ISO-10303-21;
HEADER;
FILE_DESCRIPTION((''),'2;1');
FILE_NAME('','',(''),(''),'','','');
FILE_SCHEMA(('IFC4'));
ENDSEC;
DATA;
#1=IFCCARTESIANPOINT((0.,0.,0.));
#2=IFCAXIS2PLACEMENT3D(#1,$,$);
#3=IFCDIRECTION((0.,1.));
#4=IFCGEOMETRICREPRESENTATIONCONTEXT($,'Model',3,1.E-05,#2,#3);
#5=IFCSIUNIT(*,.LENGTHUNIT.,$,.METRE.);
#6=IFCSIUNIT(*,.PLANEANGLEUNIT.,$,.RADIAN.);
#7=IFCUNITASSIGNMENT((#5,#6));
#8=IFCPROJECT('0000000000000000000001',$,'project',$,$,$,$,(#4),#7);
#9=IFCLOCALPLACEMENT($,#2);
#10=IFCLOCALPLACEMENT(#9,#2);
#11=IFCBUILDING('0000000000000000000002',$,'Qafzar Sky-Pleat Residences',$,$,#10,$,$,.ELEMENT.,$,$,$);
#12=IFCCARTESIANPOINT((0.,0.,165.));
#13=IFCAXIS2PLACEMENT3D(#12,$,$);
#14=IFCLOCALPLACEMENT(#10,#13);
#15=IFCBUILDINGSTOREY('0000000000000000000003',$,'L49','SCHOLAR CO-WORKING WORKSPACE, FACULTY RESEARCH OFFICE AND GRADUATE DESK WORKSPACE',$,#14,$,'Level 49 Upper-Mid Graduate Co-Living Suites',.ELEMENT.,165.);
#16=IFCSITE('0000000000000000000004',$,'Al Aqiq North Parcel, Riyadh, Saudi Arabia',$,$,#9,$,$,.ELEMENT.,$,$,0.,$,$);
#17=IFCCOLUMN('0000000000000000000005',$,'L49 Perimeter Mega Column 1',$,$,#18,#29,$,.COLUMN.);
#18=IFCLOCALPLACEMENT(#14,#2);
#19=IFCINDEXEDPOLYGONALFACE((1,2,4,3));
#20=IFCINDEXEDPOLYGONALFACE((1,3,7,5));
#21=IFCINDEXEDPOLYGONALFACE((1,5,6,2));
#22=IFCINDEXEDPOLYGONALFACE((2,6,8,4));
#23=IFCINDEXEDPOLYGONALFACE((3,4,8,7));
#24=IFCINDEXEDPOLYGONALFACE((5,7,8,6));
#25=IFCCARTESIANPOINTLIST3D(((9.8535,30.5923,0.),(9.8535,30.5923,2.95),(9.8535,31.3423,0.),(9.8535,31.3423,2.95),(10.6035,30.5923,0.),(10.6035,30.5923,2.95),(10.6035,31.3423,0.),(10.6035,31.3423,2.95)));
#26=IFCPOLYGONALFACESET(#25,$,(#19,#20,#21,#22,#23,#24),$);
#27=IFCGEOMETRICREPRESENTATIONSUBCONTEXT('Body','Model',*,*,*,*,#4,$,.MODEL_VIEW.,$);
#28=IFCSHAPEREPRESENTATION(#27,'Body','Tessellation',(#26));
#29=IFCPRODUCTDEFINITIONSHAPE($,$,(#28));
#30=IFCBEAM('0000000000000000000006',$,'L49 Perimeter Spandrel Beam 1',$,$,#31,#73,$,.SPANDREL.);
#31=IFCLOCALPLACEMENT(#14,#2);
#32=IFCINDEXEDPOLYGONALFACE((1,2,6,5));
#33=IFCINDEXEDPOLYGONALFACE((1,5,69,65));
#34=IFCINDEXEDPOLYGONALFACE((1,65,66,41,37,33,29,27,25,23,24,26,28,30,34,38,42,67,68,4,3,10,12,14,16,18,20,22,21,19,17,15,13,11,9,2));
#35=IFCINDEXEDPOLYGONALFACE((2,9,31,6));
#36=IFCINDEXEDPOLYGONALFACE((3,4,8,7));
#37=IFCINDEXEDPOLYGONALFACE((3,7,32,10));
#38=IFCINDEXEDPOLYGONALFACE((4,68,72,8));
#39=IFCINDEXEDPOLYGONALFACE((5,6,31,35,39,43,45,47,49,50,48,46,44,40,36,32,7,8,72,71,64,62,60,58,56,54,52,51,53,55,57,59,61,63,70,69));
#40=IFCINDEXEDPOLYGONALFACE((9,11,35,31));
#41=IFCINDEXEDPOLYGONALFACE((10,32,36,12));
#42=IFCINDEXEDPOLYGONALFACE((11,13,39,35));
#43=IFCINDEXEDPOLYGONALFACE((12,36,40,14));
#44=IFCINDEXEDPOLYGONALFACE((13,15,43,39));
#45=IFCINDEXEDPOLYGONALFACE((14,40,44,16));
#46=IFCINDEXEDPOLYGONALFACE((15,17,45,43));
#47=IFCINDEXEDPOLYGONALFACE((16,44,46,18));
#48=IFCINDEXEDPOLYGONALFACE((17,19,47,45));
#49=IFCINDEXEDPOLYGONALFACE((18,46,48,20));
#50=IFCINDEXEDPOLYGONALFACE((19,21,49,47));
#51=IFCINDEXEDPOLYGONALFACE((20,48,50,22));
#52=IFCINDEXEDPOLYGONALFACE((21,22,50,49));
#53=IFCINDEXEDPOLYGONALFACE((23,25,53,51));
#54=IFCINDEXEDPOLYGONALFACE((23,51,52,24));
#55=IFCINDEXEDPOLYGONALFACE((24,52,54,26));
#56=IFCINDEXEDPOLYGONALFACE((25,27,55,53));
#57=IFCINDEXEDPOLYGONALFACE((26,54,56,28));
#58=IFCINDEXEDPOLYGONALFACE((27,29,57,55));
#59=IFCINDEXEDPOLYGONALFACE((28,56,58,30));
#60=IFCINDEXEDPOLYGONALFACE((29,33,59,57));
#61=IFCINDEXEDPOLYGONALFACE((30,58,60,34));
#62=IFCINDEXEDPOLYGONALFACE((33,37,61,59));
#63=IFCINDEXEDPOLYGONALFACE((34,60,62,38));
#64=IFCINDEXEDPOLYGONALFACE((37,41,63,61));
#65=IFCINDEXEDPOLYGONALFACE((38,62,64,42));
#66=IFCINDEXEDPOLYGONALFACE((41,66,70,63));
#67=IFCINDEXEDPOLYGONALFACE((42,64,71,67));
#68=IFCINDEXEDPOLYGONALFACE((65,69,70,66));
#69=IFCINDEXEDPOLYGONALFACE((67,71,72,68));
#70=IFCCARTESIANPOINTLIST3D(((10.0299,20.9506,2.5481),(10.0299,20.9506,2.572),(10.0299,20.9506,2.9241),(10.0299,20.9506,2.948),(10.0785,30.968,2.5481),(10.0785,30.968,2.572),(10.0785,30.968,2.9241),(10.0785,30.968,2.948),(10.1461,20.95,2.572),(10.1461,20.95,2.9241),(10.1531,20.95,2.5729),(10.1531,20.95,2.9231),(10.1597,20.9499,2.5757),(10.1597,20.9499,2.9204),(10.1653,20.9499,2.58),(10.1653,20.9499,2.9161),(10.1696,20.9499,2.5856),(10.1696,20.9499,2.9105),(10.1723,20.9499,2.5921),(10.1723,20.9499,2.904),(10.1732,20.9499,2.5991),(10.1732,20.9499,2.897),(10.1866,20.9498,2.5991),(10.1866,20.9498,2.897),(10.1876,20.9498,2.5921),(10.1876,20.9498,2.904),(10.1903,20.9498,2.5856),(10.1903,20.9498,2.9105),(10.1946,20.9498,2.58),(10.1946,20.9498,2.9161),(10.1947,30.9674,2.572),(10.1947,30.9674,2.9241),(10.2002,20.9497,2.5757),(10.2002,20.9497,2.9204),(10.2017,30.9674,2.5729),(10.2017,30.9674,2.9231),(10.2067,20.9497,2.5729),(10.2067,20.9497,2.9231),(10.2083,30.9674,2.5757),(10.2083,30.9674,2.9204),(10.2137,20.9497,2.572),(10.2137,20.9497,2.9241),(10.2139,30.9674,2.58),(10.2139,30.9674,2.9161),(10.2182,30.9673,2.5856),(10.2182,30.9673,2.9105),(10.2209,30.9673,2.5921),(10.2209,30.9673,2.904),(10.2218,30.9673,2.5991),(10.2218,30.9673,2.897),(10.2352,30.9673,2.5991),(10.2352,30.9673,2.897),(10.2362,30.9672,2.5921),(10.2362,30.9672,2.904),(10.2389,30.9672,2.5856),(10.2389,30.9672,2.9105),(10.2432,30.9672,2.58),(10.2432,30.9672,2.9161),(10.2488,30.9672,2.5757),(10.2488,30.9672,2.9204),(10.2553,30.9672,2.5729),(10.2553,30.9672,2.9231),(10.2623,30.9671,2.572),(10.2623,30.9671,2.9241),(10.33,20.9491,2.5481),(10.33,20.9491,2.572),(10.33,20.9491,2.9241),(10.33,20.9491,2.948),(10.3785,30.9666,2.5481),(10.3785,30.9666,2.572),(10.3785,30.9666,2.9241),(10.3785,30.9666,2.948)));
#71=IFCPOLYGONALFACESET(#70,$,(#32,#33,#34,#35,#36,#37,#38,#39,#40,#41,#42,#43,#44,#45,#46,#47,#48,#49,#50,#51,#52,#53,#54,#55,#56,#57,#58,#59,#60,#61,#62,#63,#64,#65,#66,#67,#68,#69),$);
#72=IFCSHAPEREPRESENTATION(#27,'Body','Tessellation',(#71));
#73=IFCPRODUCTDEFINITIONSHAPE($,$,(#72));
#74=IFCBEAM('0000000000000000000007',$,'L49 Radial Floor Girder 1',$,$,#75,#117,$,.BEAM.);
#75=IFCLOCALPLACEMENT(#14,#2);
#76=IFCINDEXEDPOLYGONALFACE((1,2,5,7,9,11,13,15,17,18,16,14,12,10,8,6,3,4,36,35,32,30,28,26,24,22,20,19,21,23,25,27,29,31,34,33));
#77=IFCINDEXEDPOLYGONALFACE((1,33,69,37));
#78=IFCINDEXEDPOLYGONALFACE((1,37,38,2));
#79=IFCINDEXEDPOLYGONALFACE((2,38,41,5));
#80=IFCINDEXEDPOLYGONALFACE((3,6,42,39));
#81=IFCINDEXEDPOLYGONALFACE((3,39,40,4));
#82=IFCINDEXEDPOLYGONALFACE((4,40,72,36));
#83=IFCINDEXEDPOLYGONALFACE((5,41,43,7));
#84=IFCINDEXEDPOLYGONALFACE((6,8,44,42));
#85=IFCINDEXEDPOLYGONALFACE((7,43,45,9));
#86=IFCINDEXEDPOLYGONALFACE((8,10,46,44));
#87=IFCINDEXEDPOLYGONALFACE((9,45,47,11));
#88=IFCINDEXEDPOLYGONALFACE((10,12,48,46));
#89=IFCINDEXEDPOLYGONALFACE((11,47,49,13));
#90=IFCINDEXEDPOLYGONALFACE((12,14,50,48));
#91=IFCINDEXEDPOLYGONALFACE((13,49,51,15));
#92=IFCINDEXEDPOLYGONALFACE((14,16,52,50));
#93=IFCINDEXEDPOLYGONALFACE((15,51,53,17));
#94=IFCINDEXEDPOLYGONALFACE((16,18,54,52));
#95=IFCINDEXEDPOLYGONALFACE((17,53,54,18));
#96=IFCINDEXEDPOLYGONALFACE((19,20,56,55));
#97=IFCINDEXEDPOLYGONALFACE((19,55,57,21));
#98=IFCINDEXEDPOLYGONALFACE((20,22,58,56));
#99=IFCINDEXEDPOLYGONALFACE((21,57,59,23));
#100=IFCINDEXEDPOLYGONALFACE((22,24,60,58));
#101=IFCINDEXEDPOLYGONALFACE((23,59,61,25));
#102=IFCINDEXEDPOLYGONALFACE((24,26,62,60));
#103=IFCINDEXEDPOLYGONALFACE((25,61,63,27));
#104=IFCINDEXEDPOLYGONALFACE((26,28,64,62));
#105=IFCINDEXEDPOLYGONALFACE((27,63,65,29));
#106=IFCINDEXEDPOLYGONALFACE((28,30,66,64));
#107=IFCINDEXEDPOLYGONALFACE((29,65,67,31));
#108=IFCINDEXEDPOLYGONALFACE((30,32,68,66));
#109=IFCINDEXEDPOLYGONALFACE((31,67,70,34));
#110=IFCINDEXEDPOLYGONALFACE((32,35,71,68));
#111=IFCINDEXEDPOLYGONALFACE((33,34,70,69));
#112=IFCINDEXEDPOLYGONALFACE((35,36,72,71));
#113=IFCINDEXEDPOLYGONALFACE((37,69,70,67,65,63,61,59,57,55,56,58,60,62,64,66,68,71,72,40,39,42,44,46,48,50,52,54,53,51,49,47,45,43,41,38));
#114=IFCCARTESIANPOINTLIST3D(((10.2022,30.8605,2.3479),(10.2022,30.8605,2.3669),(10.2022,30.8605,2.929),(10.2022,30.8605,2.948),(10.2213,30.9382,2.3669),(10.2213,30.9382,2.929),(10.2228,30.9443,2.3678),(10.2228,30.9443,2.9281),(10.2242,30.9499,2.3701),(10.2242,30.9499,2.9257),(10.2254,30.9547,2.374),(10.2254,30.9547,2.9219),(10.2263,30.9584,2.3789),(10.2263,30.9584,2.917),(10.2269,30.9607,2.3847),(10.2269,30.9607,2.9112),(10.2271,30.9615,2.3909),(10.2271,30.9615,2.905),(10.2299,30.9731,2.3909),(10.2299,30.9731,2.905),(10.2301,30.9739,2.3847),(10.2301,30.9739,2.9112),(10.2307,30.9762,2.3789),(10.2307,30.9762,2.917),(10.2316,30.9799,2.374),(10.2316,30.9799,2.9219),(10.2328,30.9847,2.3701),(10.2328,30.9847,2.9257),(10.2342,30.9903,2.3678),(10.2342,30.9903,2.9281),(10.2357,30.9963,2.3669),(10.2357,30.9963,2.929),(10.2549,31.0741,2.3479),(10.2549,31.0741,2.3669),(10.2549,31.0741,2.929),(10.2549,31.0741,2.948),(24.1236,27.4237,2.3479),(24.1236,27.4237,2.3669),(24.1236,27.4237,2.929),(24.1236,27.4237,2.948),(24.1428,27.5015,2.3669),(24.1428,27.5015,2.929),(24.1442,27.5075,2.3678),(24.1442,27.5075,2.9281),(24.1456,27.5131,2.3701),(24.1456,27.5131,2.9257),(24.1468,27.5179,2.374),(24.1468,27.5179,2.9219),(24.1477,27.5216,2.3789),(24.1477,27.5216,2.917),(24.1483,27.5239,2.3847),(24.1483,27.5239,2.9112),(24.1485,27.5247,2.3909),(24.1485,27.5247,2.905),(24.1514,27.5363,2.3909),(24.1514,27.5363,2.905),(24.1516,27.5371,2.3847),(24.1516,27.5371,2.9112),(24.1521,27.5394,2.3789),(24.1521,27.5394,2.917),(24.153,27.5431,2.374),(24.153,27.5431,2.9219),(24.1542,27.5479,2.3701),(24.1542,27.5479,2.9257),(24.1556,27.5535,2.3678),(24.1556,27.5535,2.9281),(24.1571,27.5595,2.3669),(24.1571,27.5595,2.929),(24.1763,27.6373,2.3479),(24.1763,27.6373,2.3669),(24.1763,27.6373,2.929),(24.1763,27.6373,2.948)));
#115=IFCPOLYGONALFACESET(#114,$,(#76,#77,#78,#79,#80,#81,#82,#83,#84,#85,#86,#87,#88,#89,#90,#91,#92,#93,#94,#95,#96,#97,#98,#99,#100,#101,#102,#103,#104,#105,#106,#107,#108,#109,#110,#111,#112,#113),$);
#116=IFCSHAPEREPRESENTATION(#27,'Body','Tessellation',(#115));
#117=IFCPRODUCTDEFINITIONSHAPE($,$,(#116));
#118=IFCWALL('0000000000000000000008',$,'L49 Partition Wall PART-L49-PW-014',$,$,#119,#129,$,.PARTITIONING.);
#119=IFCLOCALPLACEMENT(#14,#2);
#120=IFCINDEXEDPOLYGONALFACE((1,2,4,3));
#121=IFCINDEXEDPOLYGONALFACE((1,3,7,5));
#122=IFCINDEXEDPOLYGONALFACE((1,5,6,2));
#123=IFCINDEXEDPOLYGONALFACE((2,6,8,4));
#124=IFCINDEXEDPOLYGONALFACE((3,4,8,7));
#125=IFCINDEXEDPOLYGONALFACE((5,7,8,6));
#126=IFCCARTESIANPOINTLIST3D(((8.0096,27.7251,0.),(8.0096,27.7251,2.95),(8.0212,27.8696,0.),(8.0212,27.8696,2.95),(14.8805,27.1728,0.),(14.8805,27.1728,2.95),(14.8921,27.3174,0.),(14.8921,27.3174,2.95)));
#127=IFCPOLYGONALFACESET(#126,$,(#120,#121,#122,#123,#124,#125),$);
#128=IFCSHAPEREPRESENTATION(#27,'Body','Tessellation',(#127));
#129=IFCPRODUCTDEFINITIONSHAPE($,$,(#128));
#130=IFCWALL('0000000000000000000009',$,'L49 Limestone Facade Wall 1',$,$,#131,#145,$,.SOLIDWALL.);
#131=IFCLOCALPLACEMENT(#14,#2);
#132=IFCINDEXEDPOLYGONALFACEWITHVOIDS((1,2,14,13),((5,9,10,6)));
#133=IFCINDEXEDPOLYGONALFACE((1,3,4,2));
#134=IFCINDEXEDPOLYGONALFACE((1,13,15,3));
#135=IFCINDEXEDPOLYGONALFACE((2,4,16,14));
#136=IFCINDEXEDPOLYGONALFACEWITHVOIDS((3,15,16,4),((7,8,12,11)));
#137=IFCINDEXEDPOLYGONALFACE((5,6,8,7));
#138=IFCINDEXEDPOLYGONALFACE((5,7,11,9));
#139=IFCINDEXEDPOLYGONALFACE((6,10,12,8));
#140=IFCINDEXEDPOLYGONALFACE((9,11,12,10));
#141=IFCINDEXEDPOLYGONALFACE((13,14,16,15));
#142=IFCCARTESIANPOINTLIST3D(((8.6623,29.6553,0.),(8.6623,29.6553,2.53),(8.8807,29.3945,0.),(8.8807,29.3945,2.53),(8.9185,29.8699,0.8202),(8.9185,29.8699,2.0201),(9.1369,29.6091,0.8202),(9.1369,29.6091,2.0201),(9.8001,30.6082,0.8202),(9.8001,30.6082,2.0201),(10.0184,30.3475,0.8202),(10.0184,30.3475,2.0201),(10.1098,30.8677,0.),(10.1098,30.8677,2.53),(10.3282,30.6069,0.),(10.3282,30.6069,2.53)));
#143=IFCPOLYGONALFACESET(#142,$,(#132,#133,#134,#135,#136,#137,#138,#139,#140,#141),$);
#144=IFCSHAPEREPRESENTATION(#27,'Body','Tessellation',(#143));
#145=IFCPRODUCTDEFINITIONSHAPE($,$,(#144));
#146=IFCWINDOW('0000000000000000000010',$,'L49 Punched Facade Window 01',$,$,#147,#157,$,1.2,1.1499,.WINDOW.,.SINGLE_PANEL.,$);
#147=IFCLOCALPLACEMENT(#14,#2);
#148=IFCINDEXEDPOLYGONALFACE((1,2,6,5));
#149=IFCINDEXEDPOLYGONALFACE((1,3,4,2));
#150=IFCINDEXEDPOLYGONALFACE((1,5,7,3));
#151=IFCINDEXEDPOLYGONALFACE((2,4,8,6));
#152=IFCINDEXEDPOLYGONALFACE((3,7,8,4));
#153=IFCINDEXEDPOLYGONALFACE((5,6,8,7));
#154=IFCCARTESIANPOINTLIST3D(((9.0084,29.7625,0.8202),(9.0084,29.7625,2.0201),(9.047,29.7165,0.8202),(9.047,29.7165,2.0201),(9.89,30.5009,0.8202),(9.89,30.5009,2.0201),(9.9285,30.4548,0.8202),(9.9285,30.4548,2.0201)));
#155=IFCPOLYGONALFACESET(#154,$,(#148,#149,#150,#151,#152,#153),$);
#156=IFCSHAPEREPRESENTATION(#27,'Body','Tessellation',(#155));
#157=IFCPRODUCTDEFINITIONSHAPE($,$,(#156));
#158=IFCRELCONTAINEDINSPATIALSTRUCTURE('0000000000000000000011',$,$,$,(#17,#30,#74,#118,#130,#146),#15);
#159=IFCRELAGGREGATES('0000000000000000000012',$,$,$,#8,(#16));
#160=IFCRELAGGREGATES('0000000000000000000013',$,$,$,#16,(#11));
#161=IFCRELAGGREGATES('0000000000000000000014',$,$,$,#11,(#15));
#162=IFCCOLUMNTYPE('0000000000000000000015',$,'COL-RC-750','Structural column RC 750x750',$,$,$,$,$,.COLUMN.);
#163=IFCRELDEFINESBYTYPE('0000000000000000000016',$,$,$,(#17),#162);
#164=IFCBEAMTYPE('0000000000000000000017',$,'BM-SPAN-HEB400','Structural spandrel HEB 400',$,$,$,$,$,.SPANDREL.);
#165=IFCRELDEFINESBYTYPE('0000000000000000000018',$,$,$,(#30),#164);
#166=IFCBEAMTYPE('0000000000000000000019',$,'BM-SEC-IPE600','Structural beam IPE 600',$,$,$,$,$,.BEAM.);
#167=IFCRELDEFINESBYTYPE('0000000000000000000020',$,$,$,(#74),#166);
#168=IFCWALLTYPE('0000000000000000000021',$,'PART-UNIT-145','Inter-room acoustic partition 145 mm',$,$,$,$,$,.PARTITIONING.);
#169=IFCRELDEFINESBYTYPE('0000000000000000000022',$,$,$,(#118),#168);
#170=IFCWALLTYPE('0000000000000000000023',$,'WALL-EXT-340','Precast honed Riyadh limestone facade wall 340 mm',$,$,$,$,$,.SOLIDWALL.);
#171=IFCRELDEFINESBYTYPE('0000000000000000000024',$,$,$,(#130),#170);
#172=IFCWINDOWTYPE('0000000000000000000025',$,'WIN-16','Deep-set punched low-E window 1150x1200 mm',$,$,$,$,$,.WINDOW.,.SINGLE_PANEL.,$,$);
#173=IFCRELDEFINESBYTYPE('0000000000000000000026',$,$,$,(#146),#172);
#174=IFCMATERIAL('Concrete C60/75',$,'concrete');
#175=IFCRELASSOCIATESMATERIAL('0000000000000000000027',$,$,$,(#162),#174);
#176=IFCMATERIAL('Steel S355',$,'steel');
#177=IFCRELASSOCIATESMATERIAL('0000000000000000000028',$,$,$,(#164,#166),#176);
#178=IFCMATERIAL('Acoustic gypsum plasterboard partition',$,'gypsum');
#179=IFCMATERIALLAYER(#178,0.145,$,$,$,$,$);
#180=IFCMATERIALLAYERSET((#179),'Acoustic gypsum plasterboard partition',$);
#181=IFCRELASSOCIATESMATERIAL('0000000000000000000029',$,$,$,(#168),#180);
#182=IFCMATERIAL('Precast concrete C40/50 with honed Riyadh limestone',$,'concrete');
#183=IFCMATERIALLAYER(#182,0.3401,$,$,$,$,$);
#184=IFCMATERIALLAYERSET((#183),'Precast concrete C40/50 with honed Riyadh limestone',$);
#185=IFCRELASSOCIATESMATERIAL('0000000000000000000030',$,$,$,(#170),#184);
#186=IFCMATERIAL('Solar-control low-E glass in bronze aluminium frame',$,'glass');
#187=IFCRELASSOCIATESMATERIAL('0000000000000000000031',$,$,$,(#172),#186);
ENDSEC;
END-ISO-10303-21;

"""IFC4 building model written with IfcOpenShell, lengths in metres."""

from ifc_helpers import new_model, si_unit, direction, frame, frame_2d, origin, origin_2d, place, context, subcontext, project, spatial, rectangle, i_section, extrude, source, transform, mapped, material, layer, layer_set, material_profile, profile_set, type_object, element, fill, save


model = new_model("IFC4")

# Units and contexts
model_context = context("Model", 3, precision=1e-05, world=origin(), true_north=direction((0.0, 1.0)))
body_context = subcontext(model_context, "Body", "Model", "MODEL_VIEW")
ifc_project = project(units=[si_unit("LENGTHUNIT", "METRE"), si_unit("PLANEANGLEUNIT", "RADIAN")], contexts=[model_context])

# Site, building, storey
site_placement = place(None, origin())
site = spatial("IfcSite", under=ifc_project, at=site_placement, Name="Al Aqiq North Parcel, Riyadh, Saudi Arabia", CompositionType="ELEMENT", RefElevation=0.0)
building_placement = place(site_placement, origin())
building = spatial("IfcBuilding", under=site, at=building_placement, Name="Qafzar Sky-Pleat Residences", CompositionType="ELEMENT")
storey_placement = place(building_placement, frame((0.0, 0.0, 165.0)))
storey = spatial("IfcBuildingStorey", under=building, at=storey_placement, Name="L49", Description="SCHOLAR CO-WORKING WORKSPACE, FACULTY RESEARCH OFFICE AND GRADUATE DESK WORKSPACE", LongName="Level 49 Upper-Mid Graduate Co-Living Suites", CompositionType="ELEMENT", Elevation=165.0)

# Column
ifc_material_1 = material(Name="Concrete C60/75", Category="concrete")
ifc_material_profile_1 = material_profile(ifc_material_1, rectangle(XDim=0.75, YDim=0.75, at=origin_2d()), Name="RC 750x750")
ifc_profile_set_1 = profile_set([ifc_material_profile_1], Name="Concrete C60/75")
column_type = type_object("IfcColumnType", Name="COL-RC-750", Description="Structural column RC 750x750", PredefinedType="COLUMN", material=ifc_profile_set_1)
shared_shape_1 = source(origin(), body_context, "Body", "SweptSolid", [
    extrude(rectangle(XDim=0.75, YDim=0.75, at=origin_2d()), origin(), (0.0, 0.0, 1.0), 2.95),
])
column_placement = place(storey_placement, frame((10.2285, 30.9673, 0.0), z_axis=(0.0, 0.0, 1.0), x_axis=(1.0, 0.0, 0.0)))
element("IfcColumn", 1, at=column_placement, inside=storey, type_object=column_type, Name="L49 Perimeter Mega Column 1", PredefinedType="COLUMN", context=body_context, shape_type="MappedRepresentation", body=[
    mapped(shared_shape_1, transform((0.0, 0.0, 0.0), x_axis=(1.0, 0.0, 0.0), y_axis=(0.0, 1.0, 0.0), z_axis=(0.0, 0.0, 1.0), scale=1.0)),
])

# Beams
ifc_material_2 = material(Name="Steel S355", Category="steel")
ifc_material_profile_2 = material_profile(ifc_material_2, i_section(OverallWidth=0.3, OverallDepth=0.3999, WebThickness=0.0134, FlangeThickness=0.0239, FilletRadius=0.0271, at=origin_2d()), Name="HEB 400")
ifc_profile_set_2 = profile_set([ifc_material_profile_2], Name="Steel S355")
beam_type_1 = type_object("IfcBeamType", Name="BM-SPAN-HEB400", Description="Structural spandrel HEB 400", PredefinedType="SPANDREL", material=ifc_profile_set_2)
shared_shape_2 = source(origin(), body_context, "Body", "SweptSolid", [
    extrude(i_section(OverallWidth=0.3, OverallDepth=0.3999, WebThickness=0.0134, FlangeThickness=0.0239, FilletRadius=0.0271, at=origin_2d()), origin(), (0.0, 0.0, 1.0), 10.0176),
])
beam_1_placement = place(storey_placement, frame((10.2285, 30.9673, 2.748), z_axis=(-0.00485, -0.999988, 0.0), x_axis=(0.999988, -0.00485, 0.0)))
element("IfcBeam", 2, at=beam_1_placement, inside=storey, type_object=beam_type_1, Name="L49 Perimeter Spandrel Beam 1", PredefinedType="SPANDREL", context=body_context, shape_type="MappedRepresentation", body=[
    mapped(shared_shape_2, transform((0.0, 0.0, 0.0), x_axis=(1.0, 0.0, 0.0), y_axis=(0.0, 1.0, 0.0), z_axis=(0.0, 0.0, 1.0), scale=1.0)),
])
ifc_material_profile_3 = material_profile(ifc_material_2, i_section(OverallWidth=0.22, OverallDepth=0.6001, WebThickness=0.012, FlangeThickness=0.019, FilletRadius=0.0239, at=origin_2d()), Name="IPE 600")
ifc_profile_set_3 = profile_set([ifc_material_profile_3], Name="Steel S355")
beam_type_2 = type_object("IfcBeamType", Name="BM-SEC-IPE600", Description="Structural beam IPE 600", PredefinedType="BEAM", material=ifc_profile_set_3)
shared_shape_3 = source(origin(), body_context, "Body", "SweptSolid", [
    extrude(i_section(OverallWidth=0.22, OverallDepth=0.6001, WebThickness=0.012, FlangeThickness=0.019, FilletRadius=0.0239, at=origin_2d()), origin(), (0.0, 0.0, 1.0), 14.3394),
])
beam_2_placement = place(storey_placement, frame((10.2285, 30.9673, 2.6479), z_axis=(0.970853, -0.239674, 0.0), x_axis=(0.239674, 0.970853, 0.0)))
element("IfcBeam", 3, at=beam_2_placement, inside=storey, type_object=beam_type_2, Name="L49 Radial Floor Girder 1", PredefinedType="BEAM", context=body_context, shape_type="MappedRepresentation", body=[
    mapped(shared_shape_3, transform((0.0, 0.0, 0.0), x_axis=(1.0, 0.0, 0.0), y_axis=(0.0, 1.0, 0.0), z_axis=(0.0, 0.0, 1.0), scale=1.0)),
])

# Wall
ifc_material_3 = material(Name="Acoustic gypsum plasterboard partition", Category="gypsum")
ifc_layer_1 = layer(ifc_material_3, 0.145)
ifc_layer_set_1 = layer_set([ifc_layer_1], Name="Acoustic gypsum plasterboard partition")
wall_type_1 = type_object("IfcWallType", Name="PART-UNIT-145", Description="Inter-room acoustic partition 145 mm", PredefinedType="PARTITIONING", material=ifc_layer_set_1)
wall_1_placement = place(storey_placement, frame((8.0154, 27.7974, 0.0), z_axis=(0.0, 0.0, 1.0), x_axis=(0.996785, -0.080117, 0.0)))
element("IfcWall", 4, at=wall_1_placement, inside=storey, type_object=wall_type_1, Name="L49 Partition Wall PART-L49-PW-014", PredefinedType="PARTITIONING", context=body_context, shape_type="SweptSolid", body=[
    extrude(rectangle(XDim=6.8931, YDim=0.145, at=frame_2d((3.4465, 0.0))), origin(), (0.0, 0.0, 1.0), 2.95),
])

# Wall, opening, window
ifc_material_4 = material(Name="Precast concrete C40/50 with honed Riyadh limestone", Category="concrete")
ifc_layer_2 = layer(ifc_material_4, 0.3401)
ifc_layer_set_2 = layer_set([ifc_layer_2], Name="Precast concrete C40/50 with honed Riyadh limestone")
wall_type_2 = type_object("IfcWallType", Name="WALL-EXT-340", Description="Precast honed Riyadh limestone facade wall 340 mm", PredefinedType="SOLIDWALL", material=ifc_layer_set_2)
wall_2_placement = place(storey_placement, frame((10.219, 30.7373, 0.0), z_axis=(0.0, 0.0, 1.0), x_axis=(-0.766619, -0.642103, 0.0)))
wall_2 = element("IfcWall", 5, at=wall_2_placement, inside=storey, type_object=wall_type_2, Name="L49 Limestone Facade Wall 1", PredefinedType="SOLIDWALL", context=body_context, shape_type="SweptSolid", body=[
    extrude(rectangle(XDim=1.8882, YDim=0.3401, at=frame_2d((0.9441, 0.0))), origin(), (0.0, 0.0, 1.0), 2.53),
])
opening_1_placement = place(wall_2_placement, frame((0.4041, 0.0, 0.8201)))
opening_1 = element("IfcOpeningElement", 6, at=opening_1_placement, cuts=wall_2, PredefinedType="OPENING", context=body_context, shape_type="SweptSolid", body=[
    extrude(rectangle(XDim=1.1499, YDim=1.2, at=frame_2d((0.575, 0.6001))), frame((0.0, 0.1802, 0.0), z_axis=(0.0, -1.0, 0.0), x_axis=(1.0, 0.0, 0.0)), (0.0, 0.0, 1.0), 0.3601),
])
ifc_material_5 = material(Name="Solar-control low-E glass in bronze aluminium frame", Category="glass")
window_type_1 = type_object("IfcWindowType", Name="WIN-16", Description="Deep-set punched low-E window 1150x1200 mm", PartitioningType="SINGLE_PANEL", PredefinedType="WINDOW", material=ifc_material_5)
shared_shape_4 = source(origin(), body_context, "Body", "SweptSolid", [
    extrude(rectangle(XDim=1.1499, YDim=1.2, at=frame_2d((0.575, 0.6001))), frame((0.0, 0.03, 0.0), z_axis=(0.0, -1.0, 0.0), x_axis=(1.0, 0.0, 0.0)), (0.0, 0.0, 1.0), 0.0601),
])
window_1_placement = place(opening_1_placement, origin())
window_1 = element("IfcWindow", 7, at=window_1_placement, inside=storey, type_object=window_type_1, Name="L49 Punched Facade Window 01", OverallHeight=1.2, OverallWidth=1.1499, PartitioningType="SINGLE_PANEL", PredefinedType="WINDOW", context=body_context, shape_type="MappedRepresentation", body=[
    mapped(shared_shape_4, transform((0.0, 0.0, 0.0), x_axis=(1.0, 0.0, 0.0), y_axis=(0.0, 1.0, 0.0), z_axis=(0.0, 0.0, 1.0), scale=1.0)),
])
fill(opening_1, window_1)

save(model, "model.ifc")
